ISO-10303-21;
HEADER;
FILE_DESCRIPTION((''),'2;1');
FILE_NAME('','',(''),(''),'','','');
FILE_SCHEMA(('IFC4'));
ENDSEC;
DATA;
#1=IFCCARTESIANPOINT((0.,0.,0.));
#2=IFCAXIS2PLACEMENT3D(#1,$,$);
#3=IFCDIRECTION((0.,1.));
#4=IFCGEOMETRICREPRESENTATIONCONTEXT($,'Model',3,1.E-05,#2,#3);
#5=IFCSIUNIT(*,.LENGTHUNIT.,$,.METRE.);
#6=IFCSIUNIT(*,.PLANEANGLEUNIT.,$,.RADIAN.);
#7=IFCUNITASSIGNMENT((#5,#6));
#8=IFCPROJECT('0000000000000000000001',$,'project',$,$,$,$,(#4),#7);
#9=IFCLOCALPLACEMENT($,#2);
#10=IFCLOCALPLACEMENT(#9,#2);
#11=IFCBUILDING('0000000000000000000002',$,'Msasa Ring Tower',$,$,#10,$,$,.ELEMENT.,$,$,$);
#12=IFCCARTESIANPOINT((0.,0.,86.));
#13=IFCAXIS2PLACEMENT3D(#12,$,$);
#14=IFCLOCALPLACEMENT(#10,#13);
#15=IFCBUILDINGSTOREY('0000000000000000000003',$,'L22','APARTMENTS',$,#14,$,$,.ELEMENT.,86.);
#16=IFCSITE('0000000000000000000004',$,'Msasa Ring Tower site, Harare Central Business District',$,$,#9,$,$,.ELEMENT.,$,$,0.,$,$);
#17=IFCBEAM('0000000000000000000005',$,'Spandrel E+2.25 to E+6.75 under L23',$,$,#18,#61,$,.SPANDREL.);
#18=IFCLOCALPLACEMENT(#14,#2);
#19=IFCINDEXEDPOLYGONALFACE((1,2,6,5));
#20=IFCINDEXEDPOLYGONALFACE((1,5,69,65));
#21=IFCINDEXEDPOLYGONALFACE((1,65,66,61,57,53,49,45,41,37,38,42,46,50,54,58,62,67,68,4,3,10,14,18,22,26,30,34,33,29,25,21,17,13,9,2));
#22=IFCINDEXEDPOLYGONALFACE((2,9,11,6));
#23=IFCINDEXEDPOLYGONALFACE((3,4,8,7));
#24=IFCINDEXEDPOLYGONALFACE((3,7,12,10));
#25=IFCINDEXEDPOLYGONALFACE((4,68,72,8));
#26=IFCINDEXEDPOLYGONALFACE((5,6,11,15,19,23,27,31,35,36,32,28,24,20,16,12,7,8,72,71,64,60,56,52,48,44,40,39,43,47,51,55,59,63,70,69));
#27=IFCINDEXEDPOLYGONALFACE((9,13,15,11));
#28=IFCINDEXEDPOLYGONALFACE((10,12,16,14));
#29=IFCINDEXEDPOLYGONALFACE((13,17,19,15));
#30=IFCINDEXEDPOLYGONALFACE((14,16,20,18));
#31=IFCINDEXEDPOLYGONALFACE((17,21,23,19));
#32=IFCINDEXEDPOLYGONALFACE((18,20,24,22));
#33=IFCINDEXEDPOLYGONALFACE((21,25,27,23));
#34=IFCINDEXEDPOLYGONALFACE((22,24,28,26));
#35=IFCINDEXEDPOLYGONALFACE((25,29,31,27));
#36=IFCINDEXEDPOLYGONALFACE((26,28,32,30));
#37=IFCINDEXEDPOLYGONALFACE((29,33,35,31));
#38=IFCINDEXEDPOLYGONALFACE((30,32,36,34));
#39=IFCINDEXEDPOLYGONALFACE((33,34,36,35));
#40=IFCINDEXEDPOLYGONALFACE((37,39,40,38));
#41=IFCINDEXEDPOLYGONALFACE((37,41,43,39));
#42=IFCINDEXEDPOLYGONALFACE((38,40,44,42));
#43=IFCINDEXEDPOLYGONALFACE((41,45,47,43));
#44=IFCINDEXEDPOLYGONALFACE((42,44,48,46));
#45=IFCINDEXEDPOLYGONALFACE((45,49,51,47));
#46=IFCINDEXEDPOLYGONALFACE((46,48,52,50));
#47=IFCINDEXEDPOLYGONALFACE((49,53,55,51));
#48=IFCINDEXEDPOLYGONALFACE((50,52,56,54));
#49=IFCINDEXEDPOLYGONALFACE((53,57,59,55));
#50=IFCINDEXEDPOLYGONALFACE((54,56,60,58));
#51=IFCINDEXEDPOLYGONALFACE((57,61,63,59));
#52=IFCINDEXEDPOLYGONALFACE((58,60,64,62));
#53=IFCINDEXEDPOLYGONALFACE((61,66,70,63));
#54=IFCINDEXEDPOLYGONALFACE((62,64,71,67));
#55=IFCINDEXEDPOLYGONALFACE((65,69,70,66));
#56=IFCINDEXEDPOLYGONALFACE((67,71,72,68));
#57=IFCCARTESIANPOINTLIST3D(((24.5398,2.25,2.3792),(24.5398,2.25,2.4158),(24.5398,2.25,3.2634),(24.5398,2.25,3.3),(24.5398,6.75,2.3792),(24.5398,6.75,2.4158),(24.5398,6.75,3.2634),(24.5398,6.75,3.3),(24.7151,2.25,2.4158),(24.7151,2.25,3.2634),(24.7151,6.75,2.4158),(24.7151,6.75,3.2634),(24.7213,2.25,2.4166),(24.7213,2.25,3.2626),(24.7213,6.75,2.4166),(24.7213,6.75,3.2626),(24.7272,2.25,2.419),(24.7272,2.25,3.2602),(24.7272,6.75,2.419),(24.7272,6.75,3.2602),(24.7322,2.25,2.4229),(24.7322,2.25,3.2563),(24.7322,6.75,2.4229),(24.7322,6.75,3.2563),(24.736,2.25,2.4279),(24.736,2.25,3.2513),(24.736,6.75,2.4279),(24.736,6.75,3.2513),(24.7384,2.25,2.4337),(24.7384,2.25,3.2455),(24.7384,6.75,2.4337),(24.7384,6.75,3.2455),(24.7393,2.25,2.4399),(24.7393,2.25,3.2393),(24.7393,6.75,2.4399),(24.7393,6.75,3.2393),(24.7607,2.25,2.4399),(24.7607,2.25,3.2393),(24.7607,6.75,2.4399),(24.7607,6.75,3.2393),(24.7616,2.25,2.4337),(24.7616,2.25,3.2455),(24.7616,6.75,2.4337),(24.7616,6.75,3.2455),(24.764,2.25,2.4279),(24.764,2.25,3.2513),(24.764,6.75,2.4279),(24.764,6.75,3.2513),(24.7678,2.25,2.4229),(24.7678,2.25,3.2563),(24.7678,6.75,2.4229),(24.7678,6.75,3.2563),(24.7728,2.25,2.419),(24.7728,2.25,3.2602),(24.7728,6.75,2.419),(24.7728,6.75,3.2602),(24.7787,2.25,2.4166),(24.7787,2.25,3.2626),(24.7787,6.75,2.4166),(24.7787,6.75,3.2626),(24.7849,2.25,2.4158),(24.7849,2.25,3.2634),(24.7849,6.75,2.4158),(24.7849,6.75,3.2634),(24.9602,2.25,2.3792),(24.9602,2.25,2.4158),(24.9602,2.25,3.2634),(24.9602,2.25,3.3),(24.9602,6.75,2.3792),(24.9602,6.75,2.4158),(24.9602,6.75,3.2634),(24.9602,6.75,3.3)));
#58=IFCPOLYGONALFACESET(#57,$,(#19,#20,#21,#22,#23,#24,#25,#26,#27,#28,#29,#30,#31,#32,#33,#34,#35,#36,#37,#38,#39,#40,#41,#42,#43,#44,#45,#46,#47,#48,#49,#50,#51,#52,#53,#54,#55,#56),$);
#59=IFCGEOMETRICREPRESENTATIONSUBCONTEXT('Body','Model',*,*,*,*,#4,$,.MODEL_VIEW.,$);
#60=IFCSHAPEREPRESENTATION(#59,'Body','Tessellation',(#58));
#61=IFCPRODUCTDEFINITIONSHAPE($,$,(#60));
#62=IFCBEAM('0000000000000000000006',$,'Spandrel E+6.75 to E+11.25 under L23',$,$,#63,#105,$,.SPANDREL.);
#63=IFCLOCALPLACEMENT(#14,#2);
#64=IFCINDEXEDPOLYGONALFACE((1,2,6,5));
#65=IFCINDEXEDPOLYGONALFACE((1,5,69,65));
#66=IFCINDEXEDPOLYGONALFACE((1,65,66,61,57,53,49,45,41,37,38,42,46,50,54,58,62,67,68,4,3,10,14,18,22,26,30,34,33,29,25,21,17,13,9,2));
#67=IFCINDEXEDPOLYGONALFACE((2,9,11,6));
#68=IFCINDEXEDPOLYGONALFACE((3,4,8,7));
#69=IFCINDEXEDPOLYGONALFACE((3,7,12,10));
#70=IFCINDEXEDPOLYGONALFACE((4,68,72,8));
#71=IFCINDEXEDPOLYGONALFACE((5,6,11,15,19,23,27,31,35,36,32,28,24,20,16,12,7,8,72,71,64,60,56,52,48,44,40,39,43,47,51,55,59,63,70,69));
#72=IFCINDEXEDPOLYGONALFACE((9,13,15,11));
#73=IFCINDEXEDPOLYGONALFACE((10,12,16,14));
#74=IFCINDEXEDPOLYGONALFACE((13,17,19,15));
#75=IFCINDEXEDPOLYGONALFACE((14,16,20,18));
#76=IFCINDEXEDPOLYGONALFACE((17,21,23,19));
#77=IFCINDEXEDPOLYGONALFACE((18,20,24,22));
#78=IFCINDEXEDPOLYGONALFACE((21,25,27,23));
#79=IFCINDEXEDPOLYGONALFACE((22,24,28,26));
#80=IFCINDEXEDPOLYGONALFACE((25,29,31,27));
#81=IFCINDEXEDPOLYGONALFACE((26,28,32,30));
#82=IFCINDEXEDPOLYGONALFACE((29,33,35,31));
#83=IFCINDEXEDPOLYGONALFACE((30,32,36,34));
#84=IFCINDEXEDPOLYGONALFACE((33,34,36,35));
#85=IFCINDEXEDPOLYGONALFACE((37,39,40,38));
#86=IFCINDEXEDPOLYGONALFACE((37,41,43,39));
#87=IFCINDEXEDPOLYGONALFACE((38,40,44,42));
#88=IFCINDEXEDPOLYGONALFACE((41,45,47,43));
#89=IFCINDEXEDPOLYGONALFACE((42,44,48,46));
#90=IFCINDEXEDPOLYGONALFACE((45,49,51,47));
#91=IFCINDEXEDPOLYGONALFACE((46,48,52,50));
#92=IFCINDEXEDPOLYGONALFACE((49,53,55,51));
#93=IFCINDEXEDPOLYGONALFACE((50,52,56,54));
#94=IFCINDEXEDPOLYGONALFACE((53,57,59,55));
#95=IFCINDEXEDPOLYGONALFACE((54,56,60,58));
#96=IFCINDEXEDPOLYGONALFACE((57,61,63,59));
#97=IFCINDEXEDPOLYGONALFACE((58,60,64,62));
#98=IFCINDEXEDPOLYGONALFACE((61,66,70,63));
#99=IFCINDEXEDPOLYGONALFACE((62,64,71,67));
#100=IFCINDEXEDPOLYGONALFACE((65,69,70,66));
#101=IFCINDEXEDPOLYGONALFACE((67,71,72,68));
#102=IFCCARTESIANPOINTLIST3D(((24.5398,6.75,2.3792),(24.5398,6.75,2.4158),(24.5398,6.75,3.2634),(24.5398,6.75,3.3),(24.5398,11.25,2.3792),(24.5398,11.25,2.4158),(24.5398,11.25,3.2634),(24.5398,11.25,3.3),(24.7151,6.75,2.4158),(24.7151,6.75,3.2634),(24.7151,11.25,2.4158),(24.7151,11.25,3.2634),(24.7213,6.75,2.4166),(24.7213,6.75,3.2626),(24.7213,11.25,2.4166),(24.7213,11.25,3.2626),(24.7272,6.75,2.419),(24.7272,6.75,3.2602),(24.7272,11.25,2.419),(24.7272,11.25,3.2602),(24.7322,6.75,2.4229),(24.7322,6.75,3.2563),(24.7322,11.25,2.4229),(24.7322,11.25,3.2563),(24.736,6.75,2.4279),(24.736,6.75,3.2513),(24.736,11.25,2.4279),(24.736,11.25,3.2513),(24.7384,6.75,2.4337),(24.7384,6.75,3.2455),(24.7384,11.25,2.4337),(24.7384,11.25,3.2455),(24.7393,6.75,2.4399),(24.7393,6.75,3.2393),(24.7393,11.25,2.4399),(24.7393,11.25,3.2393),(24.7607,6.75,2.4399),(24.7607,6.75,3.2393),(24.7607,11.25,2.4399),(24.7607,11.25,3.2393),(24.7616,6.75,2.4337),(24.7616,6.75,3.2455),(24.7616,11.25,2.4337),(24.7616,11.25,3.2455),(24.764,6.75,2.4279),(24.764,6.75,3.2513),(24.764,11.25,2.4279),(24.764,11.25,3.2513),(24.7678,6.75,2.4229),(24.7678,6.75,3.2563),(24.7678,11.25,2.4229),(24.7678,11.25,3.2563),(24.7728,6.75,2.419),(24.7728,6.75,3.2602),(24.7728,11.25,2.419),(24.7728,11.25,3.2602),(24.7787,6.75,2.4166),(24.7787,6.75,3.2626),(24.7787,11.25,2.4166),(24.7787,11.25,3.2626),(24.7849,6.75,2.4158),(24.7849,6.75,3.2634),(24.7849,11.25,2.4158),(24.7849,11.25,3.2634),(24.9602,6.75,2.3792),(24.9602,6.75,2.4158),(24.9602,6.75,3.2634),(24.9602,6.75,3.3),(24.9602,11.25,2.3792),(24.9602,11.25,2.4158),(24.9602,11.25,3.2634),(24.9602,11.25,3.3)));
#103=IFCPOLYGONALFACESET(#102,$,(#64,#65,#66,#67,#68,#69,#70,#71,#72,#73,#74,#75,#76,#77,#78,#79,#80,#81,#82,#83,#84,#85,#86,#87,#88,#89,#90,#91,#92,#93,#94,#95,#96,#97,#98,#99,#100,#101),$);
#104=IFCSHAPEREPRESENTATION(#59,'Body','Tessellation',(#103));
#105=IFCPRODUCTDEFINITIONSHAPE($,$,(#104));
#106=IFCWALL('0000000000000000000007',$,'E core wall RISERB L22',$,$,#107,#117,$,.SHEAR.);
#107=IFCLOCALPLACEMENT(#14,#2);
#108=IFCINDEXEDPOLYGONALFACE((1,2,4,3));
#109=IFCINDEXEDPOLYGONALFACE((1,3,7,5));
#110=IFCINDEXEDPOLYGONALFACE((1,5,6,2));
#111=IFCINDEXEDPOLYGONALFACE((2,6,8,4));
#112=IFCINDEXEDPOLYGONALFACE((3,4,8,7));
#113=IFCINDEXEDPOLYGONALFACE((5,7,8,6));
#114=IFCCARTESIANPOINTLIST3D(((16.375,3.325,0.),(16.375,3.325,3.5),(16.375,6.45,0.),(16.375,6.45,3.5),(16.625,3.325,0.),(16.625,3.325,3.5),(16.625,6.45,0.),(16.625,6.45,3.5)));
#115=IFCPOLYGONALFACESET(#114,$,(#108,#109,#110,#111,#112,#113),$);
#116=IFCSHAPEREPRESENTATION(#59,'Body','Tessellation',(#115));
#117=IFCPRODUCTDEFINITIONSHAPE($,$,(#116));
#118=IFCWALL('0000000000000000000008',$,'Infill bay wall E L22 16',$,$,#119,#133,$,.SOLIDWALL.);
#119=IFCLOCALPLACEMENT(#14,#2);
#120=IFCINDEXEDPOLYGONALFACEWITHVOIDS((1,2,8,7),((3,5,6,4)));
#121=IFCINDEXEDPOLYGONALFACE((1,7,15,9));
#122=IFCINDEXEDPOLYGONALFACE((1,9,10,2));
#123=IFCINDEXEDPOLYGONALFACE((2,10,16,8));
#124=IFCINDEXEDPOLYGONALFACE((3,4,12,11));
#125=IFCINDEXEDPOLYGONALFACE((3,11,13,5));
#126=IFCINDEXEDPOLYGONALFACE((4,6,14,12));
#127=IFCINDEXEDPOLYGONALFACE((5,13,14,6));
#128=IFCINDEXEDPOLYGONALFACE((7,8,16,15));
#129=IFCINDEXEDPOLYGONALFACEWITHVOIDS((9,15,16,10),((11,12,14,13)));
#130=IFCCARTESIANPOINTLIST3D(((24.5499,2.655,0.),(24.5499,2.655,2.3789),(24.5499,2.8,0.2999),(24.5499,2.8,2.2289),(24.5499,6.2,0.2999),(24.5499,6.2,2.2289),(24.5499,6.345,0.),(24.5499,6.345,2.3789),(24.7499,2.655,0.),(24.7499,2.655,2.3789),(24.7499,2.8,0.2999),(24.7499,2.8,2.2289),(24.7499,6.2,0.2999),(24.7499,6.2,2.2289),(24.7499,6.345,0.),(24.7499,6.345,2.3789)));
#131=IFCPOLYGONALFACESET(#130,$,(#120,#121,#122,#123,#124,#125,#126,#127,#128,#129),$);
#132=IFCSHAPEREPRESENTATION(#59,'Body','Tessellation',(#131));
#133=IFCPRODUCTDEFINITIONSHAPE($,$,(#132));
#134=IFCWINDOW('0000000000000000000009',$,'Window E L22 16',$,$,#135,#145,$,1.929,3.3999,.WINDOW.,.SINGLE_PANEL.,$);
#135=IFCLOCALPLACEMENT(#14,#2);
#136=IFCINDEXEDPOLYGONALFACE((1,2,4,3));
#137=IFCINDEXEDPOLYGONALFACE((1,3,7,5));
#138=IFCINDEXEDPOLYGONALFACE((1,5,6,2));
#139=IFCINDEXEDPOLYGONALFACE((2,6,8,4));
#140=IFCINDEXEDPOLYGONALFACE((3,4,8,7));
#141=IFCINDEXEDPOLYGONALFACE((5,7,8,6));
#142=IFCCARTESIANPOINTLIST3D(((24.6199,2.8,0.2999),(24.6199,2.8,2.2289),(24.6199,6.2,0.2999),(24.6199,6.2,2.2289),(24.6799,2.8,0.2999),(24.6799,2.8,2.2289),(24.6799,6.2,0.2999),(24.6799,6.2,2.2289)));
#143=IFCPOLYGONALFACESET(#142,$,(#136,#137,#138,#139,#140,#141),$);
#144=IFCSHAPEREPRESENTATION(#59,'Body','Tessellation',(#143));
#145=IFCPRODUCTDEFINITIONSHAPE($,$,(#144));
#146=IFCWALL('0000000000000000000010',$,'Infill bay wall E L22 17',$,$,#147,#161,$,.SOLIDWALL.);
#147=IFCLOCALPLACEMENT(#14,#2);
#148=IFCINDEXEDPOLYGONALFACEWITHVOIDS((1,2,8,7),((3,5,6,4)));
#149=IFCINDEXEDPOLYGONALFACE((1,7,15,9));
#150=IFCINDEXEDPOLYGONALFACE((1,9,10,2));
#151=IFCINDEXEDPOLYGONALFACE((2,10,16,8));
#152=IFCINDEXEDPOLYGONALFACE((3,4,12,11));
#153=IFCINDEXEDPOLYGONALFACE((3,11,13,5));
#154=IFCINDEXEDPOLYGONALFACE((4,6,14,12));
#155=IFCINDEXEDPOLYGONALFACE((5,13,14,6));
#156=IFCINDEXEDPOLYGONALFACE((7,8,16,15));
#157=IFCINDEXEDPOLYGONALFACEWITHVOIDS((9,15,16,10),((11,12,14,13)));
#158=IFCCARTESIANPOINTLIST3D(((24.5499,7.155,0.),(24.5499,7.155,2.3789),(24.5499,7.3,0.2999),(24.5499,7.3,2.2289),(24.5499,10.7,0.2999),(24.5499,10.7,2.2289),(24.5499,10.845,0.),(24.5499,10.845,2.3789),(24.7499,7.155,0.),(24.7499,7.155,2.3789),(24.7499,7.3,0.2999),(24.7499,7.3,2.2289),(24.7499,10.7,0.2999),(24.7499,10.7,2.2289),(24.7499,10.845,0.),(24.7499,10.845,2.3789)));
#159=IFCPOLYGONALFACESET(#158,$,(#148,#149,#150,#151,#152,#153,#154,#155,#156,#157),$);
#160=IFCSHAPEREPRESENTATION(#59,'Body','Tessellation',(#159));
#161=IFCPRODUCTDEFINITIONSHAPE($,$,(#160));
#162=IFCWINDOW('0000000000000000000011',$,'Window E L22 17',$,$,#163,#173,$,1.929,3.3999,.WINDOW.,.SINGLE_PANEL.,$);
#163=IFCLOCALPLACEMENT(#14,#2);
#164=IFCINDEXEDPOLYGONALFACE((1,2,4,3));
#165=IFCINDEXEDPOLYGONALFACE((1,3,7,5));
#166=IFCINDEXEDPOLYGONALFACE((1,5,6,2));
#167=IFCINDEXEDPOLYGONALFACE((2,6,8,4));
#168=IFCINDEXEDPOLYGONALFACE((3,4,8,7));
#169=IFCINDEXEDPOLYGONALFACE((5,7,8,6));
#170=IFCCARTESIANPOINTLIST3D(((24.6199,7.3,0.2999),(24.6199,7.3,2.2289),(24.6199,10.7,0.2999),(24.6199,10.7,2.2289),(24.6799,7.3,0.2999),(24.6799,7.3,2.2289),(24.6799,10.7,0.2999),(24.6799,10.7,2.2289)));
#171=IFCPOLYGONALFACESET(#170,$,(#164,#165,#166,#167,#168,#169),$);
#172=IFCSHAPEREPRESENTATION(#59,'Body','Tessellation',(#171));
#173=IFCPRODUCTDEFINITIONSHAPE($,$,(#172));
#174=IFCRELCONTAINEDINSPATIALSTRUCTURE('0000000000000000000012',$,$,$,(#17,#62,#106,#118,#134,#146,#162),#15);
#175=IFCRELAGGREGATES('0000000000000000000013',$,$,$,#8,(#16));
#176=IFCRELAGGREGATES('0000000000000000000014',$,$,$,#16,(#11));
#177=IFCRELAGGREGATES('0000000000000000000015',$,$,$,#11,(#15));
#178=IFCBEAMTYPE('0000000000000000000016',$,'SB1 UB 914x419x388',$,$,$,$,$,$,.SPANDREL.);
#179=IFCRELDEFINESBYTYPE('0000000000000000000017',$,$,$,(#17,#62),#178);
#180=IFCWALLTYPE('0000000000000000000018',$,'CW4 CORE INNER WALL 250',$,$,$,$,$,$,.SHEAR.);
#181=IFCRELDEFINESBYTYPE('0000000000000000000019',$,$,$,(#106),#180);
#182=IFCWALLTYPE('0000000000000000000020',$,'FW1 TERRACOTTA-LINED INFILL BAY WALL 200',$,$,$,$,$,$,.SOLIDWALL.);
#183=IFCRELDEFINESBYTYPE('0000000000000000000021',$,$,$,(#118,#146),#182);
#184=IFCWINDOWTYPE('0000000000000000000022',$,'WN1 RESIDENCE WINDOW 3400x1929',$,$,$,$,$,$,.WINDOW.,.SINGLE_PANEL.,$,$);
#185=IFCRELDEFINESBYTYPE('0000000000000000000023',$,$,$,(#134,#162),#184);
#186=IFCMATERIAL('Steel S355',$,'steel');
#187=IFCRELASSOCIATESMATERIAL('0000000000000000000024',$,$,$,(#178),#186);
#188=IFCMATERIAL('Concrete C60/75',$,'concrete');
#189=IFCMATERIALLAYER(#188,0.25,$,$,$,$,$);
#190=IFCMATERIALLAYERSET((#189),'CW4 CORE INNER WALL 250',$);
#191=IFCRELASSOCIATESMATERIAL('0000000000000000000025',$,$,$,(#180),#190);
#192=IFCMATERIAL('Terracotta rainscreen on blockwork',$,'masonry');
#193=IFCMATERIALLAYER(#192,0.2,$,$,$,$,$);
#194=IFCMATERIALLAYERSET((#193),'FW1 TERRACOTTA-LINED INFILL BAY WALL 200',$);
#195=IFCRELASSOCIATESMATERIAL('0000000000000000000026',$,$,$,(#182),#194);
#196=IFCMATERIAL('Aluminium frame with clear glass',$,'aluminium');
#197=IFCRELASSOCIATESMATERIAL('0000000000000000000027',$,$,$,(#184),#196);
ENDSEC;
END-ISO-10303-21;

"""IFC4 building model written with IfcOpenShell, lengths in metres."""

from ifc_helpers import new_model, si_unit, direction, frame, frame_2d, origin, origin_2d, place, context, subcontext, project, spatial, rectangle, i_section, extrude, material, layer, layer_set, material_profile, profile_set, type_object, element, fill, save


model = new_model("IFC4")

# Units and contexts
model_context = context("Model", 3, precision=1e-05, world=origin(), true_north=direction((0.0, 1.0)))
body_context = subcontext(model_context, "Body", "Model", "MODEL_VIEW")
ifc_project = project(units=[si_unit("LENGTHUNIT", "METRE"), si_unit("PLANEANGLEUNIT", "RADIAN")], contexts=[model_context])

# Site, building, storey
site_placement = place(None, origin())
site = spatial("IfcSite", under=ifc_project, at=site_placement, Name="Msasa Ring Tower site, Harare Central Business District", CompositionType="ELEMENT", RefElevation=0.0)
building_placement = place(site_placement, origin())
building = spatial("IfcBuilding", under=site, at=building_placement, Name="Msasa Ring Tower", CompositionType="ELEMENT")
storey_placement = place(building_placement, frame((0.0, 0.0, 86.0)))
storey = spatial("IfcBuildingStorey", under=building, at=storey_placement, Name="L22", Description="APARTMENTS", CompositionType="ELEMENT", Elevation=86.0)

# Beams
ifc_material_1 = material(Name="Steel S355", Category="steel")
ifc_material_profile_1 = material_profile(ifc_material_1, i_section(OverallWidth=0.4204, OverallDepth=0.9209, WebThickness=0.0215, FlangeThickness=0.0366, FilletRadius=0.0242, at=origin_2d()), Name="UB 914x419x388")
ifc_profile_set_1 = profile_set([ifc_material_profile_1], Name="Steel S355")
beam_type_1 = type_object("IfcBeamType", Name="SB1 UB 914x419x388", PredefinedType="SPANDREL", material=ifc_profile_set_1)
for number, where, z_axis, x_axis, name in (
    (1, (24.75, 2.25, 2.8396), (0.0, 1.0, 0.0), (-1.0, 0.0, 0.0), "Spandrel E+2.25 to E+6.75 under L23"),
    (2, (24.75, 6.75, 2.8396), (0.0, 1.0, 0.0), (-1.0, 0.0, 0.0), "Spandrel E+6.75 to E+11.25 under L23"),
):
    element("IfcBeam", number, at=place(storey_placement, frame(where, z_axis=z_axis, x_axis=x_axis)), inside=storey, type_object=beam_type_1, Name=name, PredefinedType="SPANDREL", context=body_context, shape_type="SweptSolid", body=[
        extrude(i_section(OverallWidth=0.4204, OverallDepth=0.9209, WebThickness=0.0215, FlangeThickness=0.0366, FilletRadius=0.0242, at=origin_2d()), origin(), (0.0, 0.0, 1.0), 4.5),
    ])

# Wall
ifc_material_2 = material(Name="Concrete C60/75", Category="concrete")
ifc_layer_1 = layer(ifc_material_2, 0.25)
ifc_layer_set_1 = layer_set([ifc_layer_1], Name="CW4 CORE INNER WALL 250")
wall_type_1 = type_object("IfcWallType", Name="CW4 CORE INNER WALL 250", PredefinedType="SHEAR", material=ifc_layer_set_1)
wall_1_placement = place(storey_placement, frame((16.5, 3.325, 0.0), z_axis=(0.0, 0.0, 1.0), x_axis=(0.0, 1.0, 0.0)))
element("IfcWall", 3, at=wall_1_placement, inside=storey, type_object=wall_type_1, Name="E core wall RISERB L22", PredefinedType="SHEAR", context=body_context, shape_type="SweptSolid", body=[
    extrude(rectangle(XDim=3.125, YDim=0.25, at=frame_2d((1.5625, 0.0))), origin(), (0.0, 0.0, 1.0), 3.5),
])

# Walls, openings, windows
ifc_material_3 = material(Name="Terracotta rainscreen on blockwork", Category="masonry")
ifc_layer_2 = layer(ifc_material_3, 0.2)
ifc_layer_set_2 = layer_set([ifc_layer_2], Name="FW1 TERRACOTTA-LINED INFILL BAY WALL 200")
wall_type_2 = type_object("IfcWallType", Name="FW1 TERRACOTTA-LINED INFILL BAY WALL 200", PredefinedType="SOLIDWALL", material=ifc_layer_set_2)
wall_2_placement = place(storey_placement, frame((24.6499, 2.655, 0.0), z_axis=(0.0, 0.0, 1.0), x_axis=(0.0, 1.0, 0.0)))
wall_2 = element("IfcWall", 4, at=wall_2_placement, inside=storey, type_object=wall_type_2, Name="Infill bay wall E L22 16", PredefinedType="SOLIDWALL", context=body_context, shape_type="SweptSolid", body=[
    extrude(rectangle(XDim=3.6899, YDim=0.2, at=frame_2d((1.845, 0.0))), origin(), (0.0, 0.0, 1.0), 2.3789),
])
opening_1_placement = place(wall_2_placement, frame((0.145, 0.0, 0.3)))
opening_1 = element("IfcOpeningElement", 5, at=opening_1_placement, cuts=wall_2, PredefinedType="OPENING", context=body_context, shape_type="SweptSolid", body=[
    extrude(rectangle(XDim=3.3999, YDim=1.929, at=frame_2d((1.7, 0.9644))), frame((0.0, 0.1099, 0.0), z_axis=(0.0, -1.0, 0.0), x_axis=(1.0, 0.0, 0.0)), (0.0, 0.0, 1.0), 0.22),
])
ifc_material_4 = material(Name="Aluminium frame with clear glass", Category="aluminium")
window_type = type_object("IfcWindowType", Name="WN1 RESIDENCE WINDOW 3400x1929", PartitioningType="SINGLE_PANEL", PredefinedType="WINDOW", material=ifc_material_4)
window_1_placement = place(opening_1_placement, origin())
window_1 = element("IfcWindow", 6, at=window_1_placement, inside=storey, type_object=window_type, Name="Window E L22 16", OverallHeight=1.929, OverallWidth=3.3999, PartitioningType="SINGLE_PANEL", PredefinedType="WINDOW", context=body_context, shape_type="SweptSolid", body=[
    extrude(rectangle(XDim=3.3999, YDim=1.929, at=frame_2d((1.7, 0.9644))), frame((0.0, 0.03, 0.0), z_axis=(0.0, -1.0, 0.0), x_axis=(1.0, 0.0, 0.0)), (0.0, 0.0, 1.0), 0.0601),
])
fill(opening_1, window_1)
wall_3_placement = place(storey_placement, frame((24.6499, 7.155, 0.0), z_axis=(0.0, 0.0, 1.0), x_axis=(0.0, 1.0, 0.0)))
wall_3 = element("IfcWall", 7, at=wall_3_placement, inside=storey, type_object=wall_type_2, Name="Infill bay wall E L22 17", PredefinedType="SOLIDWALL", context=body_context, shape_type="SweptSolid", body=[
    extrude(rectangle(XDim=3.6899, YDim=0.2, at=frame_2d((1.845, 0.0))), origin(), (0.0, 0.0, 1.0), 2.3789),
])
opening_2_placement = place(wall_3_placement, frame((0.145, 0.0, 0.3)))
opening_2 = element("IfcOpeningElement", 8, at=opening_2_placement, cuts=wall_3, PredefinedType="OPENING", context=body_context, shape_type="SweptSolid", body=[
    extrude(rectangle(XDim=3.3999, YDim=1.929, at=frame_2d((1.7, 0.9644))), frame((0.0, 0.1099, 0.0), z_axis=(0.0, -1.0, 0.0), x_axis=(1.0, 0.0, 0.0)), (0.0, 0.0, 1.0), 0.22),
])
window_2_placement = place(opening_2_placement, origin())
window_2 = element("IfcWindow", 9, at=window_2_placement, inside=storey, type_object=window_type, Name="Window E L22 17", OverallHeight=1.929, OverallWidth=3.3999, PartitioningType="SINGLE_PANEL", PredefinedType="WINDOW", context=body_context, shape_type="SweptSolid", body=[
    extrude(rectangle(XDim=3.3999, YDim=1.929, at=frame_2d((1.7, 0.9644))), frame((0.0, 0.03, 0.0), z_axis=(0.0, -1.0, 0.0), x_axis=(1.0, 0.0, 0.0)), (0.0, 0.0, 1.0), 0.0601),
])
fill(opening_2, window_2)

save(model, "model.ifc")
